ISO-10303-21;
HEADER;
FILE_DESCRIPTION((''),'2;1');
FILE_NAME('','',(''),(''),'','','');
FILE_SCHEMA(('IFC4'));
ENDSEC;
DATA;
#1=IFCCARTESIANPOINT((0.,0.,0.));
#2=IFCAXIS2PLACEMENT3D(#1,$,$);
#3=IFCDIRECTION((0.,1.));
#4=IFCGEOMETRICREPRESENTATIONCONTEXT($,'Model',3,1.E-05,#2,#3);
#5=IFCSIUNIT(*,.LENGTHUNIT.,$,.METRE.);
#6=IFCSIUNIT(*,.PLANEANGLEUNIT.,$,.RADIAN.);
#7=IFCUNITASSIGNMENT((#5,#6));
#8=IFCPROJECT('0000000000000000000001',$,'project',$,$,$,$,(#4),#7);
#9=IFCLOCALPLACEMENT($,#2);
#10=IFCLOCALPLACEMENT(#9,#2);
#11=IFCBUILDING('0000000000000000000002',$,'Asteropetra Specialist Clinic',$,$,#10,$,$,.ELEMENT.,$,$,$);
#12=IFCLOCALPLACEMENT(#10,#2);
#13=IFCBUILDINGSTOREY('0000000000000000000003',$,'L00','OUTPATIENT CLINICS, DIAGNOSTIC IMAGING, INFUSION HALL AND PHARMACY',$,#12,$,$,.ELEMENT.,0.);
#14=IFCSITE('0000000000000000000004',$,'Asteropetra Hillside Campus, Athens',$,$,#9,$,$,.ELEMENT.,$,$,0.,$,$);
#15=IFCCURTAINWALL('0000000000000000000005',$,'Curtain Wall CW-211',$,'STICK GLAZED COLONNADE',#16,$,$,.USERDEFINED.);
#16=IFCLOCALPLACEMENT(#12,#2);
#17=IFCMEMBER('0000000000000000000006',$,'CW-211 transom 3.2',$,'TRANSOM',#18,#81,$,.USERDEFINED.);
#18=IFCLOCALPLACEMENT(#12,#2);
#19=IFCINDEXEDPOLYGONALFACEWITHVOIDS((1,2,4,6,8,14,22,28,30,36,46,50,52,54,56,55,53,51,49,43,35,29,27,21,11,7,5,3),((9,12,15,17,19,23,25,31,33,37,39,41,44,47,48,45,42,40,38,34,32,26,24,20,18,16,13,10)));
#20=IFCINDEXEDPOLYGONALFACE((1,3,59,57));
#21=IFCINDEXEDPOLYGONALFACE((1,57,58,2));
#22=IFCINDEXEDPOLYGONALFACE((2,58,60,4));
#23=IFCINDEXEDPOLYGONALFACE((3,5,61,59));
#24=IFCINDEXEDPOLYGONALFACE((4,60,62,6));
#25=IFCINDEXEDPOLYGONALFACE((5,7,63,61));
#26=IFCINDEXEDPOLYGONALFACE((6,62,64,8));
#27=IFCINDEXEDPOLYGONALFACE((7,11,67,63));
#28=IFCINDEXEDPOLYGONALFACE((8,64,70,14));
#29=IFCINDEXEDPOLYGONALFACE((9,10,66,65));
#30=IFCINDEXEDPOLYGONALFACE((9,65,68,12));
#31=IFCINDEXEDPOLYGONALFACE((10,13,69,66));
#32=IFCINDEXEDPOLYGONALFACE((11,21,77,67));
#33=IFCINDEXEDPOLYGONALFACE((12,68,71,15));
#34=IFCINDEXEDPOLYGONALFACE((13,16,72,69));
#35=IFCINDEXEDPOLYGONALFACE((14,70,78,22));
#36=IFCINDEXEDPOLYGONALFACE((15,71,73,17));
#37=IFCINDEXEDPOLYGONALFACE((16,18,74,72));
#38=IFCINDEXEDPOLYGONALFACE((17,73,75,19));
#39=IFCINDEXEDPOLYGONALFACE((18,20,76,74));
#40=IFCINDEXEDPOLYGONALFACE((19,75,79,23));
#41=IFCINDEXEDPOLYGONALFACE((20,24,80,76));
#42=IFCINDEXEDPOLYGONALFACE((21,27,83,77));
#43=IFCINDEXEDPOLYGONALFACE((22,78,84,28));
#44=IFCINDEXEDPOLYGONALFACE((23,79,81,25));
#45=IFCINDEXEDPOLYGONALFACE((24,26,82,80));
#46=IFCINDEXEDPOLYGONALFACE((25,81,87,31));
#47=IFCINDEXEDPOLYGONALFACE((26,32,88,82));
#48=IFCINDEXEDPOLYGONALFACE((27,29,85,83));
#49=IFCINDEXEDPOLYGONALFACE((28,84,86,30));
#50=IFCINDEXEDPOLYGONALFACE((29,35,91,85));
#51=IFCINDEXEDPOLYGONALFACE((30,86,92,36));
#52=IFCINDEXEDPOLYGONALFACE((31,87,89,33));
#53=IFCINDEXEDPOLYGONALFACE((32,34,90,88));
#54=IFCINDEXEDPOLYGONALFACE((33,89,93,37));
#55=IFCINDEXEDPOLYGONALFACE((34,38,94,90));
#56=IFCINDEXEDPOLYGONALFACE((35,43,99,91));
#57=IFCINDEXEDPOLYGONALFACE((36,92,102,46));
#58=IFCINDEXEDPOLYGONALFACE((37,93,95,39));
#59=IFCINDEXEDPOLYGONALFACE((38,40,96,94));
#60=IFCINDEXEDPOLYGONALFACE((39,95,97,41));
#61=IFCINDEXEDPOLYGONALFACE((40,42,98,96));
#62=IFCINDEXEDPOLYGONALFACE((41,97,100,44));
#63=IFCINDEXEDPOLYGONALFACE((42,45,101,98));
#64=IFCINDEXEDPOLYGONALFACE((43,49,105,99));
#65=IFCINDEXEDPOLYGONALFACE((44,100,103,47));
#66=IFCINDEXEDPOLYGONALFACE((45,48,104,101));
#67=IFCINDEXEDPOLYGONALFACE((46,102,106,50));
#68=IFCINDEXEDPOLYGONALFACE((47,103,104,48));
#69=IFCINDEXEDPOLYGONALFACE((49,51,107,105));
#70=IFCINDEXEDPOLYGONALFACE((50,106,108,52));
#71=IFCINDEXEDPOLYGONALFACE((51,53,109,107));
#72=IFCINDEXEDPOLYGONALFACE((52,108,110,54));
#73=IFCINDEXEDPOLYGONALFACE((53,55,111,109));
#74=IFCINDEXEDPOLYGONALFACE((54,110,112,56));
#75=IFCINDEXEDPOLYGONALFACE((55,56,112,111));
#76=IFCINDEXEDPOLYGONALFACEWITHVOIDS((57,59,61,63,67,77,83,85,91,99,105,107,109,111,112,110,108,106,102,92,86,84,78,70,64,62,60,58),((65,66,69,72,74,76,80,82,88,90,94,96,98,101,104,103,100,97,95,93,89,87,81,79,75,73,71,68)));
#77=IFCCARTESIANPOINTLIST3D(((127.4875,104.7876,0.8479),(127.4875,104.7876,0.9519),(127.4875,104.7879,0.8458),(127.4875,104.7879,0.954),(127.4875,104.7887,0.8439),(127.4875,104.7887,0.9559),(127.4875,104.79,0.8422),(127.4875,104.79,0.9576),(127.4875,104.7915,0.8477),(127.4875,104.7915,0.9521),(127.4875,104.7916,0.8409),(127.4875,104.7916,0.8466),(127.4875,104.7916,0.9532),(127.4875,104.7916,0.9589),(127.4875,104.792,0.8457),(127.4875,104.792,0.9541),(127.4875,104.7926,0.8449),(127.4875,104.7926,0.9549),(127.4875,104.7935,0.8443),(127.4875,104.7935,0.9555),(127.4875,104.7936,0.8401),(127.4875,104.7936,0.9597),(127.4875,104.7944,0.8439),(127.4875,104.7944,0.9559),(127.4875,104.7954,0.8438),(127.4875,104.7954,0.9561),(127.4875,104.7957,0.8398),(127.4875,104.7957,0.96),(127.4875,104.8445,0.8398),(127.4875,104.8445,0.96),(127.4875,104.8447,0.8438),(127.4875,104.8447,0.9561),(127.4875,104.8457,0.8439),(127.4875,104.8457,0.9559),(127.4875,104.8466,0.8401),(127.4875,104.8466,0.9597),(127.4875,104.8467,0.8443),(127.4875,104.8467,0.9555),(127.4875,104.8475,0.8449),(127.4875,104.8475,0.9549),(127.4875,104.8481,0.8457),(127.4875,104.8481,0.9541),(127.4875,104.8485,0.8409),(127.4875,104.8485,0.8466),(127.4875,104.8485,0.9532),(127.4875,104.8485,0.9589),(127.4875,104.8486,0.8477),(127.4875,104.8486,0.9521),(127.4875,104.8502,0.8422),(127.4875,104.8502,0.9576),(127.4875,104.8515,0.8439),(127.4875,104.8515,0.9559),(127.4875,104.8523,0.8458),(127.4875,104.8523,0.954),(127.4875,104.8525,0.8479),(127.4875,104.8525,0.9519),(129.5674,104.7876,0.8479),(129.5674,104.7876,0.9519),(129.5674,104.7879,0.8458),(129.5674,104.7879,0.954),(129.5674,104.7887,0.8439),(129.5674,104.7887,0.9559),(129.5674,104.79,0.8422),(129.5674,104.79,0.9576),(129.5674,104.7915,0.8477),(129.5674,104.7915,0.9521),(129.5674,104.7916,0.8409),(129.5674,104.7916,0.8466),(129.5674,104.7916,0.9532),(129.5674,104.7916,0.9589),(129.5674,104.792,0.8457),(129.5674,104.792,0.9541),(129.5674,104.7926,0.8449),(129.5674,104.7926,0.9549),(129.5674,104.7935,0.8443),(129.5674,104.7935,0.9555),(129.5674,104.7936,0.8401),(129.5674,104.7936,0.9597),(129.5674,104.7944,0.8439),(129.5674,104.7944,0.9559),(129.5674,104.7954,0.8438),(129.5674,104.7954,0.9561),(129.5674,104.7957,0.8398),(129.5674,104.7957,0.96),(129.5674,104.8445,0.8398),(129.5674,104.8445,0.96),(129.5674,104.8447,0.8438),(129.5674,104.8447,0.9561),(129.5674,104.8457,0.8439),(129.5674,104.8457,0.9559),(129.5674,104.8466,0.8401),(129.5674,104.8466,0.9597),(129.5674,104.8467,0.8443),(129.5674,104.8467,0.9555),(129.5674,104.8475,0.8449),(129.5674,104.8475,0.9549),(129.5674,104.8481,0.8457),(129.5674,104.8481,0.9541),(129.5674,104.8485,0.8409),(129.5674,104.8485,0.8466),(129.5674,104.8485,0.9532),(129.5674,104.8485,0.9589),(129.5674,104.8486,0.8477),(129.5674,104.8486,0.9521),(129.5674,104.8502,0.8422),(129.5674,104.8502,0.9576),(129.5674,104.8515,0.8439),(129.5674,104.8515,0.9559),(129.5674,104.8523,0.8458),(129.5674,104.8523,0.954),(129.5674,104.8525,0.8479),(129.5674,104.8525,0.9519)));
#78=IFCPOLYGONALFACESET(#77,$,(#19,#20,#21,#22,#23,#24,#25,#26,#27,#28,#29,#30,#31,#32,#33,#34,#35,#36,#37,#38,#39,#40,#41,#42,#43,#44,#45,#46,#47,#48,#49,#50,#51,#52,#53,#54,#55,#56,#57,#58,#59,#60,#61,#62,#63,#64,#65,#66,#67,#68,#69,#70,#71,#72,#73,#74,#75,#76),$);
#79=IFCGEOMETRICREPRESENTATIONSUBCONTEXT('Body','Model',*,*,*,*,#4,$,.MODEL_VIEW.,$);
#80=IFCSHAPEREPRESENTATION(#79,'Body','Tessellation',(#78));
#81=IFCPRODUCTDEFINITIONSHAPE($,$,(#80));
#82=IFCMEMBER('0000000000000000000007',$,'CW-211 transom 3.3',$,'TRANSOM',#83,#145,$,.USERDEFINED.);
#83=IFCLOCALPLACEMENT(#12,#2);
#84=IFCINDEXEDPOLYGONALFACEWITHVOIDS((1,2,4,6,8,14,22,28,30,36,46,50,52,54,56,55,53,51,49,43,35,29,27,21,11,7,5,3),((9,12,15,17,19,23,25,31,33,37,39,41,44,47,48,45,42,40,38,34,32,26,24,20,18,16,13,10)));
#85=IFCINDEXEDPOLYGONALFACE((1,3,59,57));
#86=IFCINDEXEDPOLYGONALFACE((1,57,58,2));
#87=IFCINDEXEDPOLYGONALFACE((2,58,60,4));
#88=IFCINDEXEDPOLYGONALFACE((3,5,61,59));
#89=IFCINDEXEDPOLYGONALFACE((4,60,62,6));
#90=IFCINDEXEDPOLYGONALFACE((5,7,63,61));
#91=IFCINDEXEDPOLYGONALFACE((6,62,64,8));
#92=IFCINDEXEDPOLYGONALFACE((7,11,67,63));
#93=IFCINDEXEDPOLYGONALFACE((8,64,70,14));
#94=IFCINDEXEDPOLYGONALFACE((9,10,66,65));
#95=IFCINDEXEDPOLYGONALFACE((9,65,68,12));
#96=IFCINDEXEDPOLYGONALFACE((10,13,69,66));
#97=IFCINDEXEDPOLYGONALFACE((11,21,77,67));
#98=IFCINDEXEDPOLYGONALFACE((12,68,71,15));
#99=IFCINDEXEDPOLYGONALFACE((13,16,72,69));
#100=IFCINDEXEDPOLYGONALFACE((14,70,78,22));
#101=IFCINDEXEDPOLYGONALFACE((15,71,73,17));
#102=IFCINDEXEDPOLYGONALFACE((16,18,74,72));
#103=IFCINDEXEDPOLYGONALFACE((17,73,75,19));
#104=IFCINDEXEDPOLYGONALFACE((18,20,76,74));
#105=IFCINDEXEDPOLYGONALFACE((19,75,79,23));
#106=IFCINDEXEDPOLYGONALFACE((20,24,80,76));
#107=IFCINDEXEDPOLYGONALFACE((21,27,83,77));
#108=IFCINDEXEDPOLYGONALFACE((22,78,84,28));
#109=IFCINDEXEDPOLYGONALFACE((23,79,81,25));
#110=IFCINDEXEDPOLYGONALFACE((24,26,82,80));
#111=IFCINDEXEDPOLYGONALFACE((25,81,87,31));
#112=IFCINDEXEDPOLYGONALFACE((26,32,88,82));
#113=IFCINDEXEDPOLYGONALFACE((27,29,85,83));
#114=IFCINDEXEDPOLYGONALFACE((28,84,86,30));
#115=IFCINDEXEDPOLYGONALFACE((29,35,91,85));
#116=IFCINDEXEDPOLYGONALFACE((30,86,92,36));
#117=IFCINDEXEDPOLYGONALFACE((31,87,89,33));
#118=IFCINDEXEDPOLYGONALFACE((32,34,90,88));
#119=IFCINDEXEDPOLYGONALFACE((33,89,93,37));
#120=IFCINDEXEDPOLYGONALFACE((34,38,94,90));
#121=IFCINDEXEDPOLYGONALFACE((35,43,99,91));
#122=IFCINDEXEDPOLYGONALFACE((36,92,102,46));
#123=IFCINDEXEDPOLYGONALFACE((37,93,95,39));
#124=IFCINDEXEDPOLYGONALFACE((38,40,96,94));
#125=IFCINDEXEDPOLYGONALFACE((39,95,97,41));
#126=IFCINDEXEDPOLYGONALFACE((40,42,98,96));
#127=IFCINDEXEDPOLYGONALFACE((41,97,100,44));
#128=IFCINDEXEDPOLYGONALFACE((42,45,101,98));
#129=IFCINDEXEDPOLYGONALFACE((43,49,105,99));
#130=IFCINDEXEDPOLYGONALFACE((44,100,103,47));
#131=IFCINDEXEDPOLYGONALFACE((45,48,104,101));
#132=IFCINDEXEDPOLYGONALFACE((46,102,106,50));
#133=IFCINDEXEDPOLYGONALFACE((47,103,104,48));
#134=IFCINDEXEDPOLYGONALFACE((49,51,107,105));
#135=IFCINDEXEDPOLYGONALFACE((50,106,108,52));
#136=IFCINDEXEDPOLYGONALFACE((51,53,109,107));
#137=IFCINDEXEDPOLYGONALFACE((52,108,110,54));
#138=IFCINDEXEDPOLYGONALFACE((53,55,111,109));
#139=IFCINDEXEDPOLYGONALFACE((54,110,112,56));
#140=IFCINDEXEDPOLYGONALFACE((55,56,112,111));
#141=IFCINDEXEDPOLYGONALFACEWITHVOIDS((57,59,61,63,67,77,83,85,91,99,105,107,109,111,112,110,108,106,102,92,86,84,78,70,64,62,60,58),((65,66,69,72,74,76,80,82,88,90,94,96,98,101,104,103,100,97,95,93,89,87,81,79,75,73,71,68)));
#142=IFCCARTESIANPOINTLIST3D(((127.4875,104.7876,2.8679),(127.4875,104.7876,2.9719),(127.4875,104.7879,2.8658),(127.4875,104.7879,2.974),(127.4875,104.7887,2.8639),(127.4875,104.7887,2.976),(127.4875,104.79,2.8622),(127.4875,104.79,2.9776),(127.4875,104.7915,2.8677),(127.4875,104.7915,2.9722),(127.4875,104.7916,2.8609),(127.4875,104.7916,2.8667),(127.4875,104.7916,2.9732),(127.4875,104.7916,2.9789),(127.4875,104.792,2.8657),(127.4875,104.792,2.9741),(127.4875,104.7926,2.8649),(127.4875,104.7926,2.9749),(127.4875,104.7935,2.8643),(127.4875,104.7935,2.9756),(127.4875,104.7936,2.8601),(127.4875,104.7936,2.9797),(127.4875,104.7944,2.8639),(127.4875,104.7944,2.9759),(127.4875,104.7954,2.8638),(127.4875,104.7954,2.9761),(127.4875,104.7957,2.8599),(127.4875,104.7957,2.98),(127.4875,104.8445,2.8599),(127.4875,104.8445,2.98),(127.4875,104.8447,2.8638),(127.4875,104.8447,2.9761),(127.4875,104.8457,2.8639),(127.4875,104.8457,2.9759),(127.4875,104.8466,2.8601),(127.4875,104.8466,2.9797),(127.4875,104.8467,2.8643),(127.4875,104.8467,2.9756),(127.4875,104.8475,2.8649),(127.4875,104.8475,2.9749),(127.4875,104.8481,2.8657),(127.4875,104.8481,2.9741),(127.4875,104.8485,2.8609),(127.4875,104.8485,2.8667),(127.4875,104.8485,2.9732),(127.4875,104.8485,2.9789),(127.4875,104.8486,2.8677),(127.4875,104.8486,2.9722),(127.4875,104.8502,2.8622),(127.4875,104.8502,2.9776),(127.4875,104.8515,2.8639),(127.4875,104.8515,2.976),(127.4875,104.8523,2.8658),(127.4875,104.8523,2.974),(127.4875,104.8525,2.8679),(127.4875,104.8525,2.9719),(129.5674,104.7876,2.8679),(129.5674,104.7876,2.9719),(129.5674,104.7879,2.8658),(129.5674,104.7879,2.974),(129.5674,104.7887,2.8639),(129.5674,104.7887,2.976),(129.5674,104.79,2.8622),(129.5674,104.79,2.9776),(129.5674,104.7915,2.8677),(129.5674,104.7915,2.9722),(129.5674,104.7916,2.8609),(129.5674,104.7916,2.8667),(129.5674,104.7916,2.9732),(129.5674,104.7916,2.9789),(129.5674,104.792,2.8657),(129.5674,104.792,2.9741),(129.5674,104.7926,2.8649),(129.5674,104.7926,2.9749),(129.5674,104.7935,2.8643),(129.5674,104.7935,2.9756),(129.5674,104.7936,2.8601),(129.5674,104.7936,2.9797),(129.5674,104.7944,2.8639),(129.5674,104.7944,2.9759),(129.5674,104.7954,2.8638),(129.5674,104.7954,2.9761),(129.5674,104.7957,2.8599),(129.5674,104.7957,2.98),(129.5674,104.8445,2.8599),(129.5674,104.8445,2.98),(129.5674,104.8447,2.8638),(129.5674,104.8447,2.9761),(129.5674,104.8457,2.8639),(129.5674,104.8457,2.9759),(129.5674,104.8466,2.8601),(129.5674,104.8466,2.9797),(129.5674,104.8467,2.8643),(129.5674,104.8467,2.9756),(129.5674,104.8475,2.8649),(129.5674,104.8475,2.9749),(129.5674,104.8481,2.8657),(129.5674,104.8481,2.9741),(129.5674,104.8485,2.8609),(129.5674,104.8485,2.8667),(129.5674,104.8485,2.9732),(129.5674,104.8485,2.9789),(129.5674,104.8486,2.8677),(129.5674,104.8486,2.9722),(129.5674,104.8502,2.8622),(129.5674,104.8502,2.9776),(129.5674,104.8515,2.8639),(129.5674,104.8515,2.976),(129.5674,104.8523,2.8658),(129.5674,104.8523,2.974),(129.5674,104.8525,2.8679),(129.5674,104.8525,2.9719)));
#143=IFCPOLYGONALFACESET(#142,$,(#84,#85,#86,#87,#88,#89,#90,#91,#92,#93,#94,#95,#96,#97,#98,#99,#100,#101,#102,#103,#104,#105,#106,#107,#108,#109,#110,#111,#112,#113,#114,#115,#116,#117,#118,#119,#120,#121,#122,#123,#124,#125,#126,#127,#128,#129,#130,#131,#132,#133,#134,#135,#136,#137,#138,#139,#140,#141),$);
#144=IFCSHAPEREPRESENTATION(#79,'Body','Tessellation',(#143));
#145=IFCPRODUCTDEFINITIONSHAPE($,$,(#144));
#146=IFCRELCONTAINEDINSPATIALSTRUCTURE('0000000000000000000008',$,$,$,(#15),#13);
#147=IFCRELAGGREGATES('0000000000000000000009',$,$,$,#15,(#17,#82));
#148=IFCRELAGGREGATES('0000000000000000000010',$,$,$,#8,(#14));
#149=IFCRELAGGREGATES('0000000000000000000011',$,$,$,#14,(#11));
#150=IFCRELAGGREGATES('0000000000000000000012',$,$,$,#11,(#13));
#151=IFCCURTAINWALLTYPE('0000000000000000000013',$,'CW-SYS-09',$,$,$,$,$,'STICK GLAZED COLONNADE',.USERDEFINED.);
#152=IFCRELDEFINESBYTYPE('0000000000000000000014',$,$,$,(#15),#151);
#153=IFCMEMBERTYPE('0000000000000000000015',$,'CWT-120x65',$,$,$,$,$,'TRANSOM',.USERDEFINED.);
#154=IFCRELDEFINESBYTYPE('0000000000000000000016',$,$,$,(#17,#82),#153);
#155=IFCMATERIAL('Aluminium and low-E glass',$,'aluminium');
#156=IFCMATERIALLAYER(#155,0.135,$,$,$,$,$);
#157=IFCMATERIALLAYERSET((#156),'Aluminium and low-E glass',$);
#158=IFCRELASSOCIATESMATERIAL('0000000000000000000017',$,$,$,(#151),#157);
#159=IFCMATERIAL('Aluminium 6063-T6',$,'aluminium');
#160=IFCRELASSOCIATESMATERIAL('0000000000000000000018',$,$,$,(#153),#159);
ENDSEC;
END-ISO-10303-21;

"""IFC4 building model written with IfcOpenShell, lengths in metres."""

from ifc_helpers import new_model, si_unit, direction, frame, origin, origin_2d, place, context, subcontext, project, spatial, hollow_rectangle, extrude, material, layer, layer_set, material_profile, profile_set, type_object, element, aggregate, save


model = new_model("IFC4")

# Units and contexts
model_context = context("Model", 3, precision=1e-05, world=origin(), true_north=direction((0.0, 1.0)))
body_context = subcontext(model_context, "Body", "Model", "MODEL_VIEW")
ifc_project = project(units=[si_unit("LENGTHUNIT", "METRE"), si_unit("PLANEANGLEUNIT", "RADIAN")], contexts=[model_context])

# Site, building, storey
site_placement = place(None, origin())
site = spatial("IfcSite", under=ifc_project, at=site_placement, Name="Asteropetra Hillside Campus, Athens", CompositionType="ELEMENT", RefElevation=0.0)
building_placement = place(site_placement, origin())
building = spatial("IfcBuilding", under=site, at=building_placement, Name="Asteropetra Specialist Clinic", CompositionType="ELEMENT")
storey_placement = place(building_placement, origin())
storey = spatial("IfcBuildingStorey", under=building, at=storey_placement, Name="L00", Description="OUTPATIENT CLINICS, DIAGNOSTIC IMAGING, INFUSION HALL AND PHARMACY", CompositionType="ELEMENT", Elevation=0.0)

# Curtain wall, members
ifc_material_1 = material(Name="Aluminium and low-E glass", Category="aluminium")
ifc_layer_1 = layer(ifc_material_1, 0.135)
ifc_layer_set_1 = layer_set([ifc_layer_1], Name="Aluminium and low-E glass")
curtain_wall_type = type_object("IfcCurtainWallType", Name="CW-SYS-09", ElementType="STICK GLAZED COLONNADE", PredefinedType="USERDEFINED", material=ifc_layer_set_1)
curtain_wall_placement = place(storey_placement, origin())
curtain_wall = element("IfcCurtainWall", 1, at=curtain_wall_placement, inside=storey, type_object=curtain_wall_type, Name="Curtain Wall CW-211", ObjectType="STICK GLAZED COLONNADE", PredefinedType="USERDEFINED")
ifc_material_2 = material(Name="Aluminium 6063-T6", Category="aluminium")
ifc_material_profile_1 = material_profile(ifc_material_2, hollow_rectangle(XDim=0.0649, YDim=0.1201, WallThickness=0.0039, InnerFilletRadius=0.0039, OuterFilletRadius=0.0081, at=origin_2d()), Name="TRN 120x65x4.0")
ifc_profile_set_1 = profile_set([ifc_material_profile_1], Name="Aluminium 6063-T6")
member_type_1 = type_object("IfcMemberType", Name="CWT-120x65", ElementType="TRANSOM", PredefinedType="USERDEFINED", material=ifc_profile_set_1)
member_1_placement = place(storey_placement, frame((129.5674, 104.8201, 0.8999), z_axis=(-1.0, 0.0, 0.0), x_axis=(0.0, -1.0, 0.0)))
member_1 = element("IfcMember", 2, at=member_1_placement, type_object=member_type_1, Name="CW-211 transom 3.2", ObjectType="TRANSOM", PredefinedType="USERDEFINED", context=body_context, shape_type="SweptSolid", body=[
    extrude(hollow_rectangle(XDim=0.0649, YDim=0.1201, WallThickness=0.0039, InnerFilletRadius=0.0039, OuterFilletRadius=0.0081, at=origin_2d()), origin(), (0.0, 0.0, 1.0), 2.0798),
])
member_2_placement = place(storey_placement, frame((129.5674, 104.8201, 2.9199), z_axis=(-1.0, 0.0, 0.0), x_axis=(0.0, -1.0, 0.0)))
member_2 = element("IfcMember", 3, at=member_2_placement, type_object=member_type_1, Name="CW-211 transom 3.3", ObjectType="TRANSOM", PredefinedType="USERDEFINED", context=body_context, shape_type="SweptSolid", body=[
    extrude(hollow_rectangle(XDim=0.0649, YDim=0.1201, WallThickness=0.0039, InnerFilletRadius=0.0039, OuterFilletRadius=0.0081, at=origin_2d()), origin(), (0.0, 0.0, 1.0), 2.0798),
])
aggregate(curtain_wall, [member_1, member_2])

save(model, "model.ifc")
